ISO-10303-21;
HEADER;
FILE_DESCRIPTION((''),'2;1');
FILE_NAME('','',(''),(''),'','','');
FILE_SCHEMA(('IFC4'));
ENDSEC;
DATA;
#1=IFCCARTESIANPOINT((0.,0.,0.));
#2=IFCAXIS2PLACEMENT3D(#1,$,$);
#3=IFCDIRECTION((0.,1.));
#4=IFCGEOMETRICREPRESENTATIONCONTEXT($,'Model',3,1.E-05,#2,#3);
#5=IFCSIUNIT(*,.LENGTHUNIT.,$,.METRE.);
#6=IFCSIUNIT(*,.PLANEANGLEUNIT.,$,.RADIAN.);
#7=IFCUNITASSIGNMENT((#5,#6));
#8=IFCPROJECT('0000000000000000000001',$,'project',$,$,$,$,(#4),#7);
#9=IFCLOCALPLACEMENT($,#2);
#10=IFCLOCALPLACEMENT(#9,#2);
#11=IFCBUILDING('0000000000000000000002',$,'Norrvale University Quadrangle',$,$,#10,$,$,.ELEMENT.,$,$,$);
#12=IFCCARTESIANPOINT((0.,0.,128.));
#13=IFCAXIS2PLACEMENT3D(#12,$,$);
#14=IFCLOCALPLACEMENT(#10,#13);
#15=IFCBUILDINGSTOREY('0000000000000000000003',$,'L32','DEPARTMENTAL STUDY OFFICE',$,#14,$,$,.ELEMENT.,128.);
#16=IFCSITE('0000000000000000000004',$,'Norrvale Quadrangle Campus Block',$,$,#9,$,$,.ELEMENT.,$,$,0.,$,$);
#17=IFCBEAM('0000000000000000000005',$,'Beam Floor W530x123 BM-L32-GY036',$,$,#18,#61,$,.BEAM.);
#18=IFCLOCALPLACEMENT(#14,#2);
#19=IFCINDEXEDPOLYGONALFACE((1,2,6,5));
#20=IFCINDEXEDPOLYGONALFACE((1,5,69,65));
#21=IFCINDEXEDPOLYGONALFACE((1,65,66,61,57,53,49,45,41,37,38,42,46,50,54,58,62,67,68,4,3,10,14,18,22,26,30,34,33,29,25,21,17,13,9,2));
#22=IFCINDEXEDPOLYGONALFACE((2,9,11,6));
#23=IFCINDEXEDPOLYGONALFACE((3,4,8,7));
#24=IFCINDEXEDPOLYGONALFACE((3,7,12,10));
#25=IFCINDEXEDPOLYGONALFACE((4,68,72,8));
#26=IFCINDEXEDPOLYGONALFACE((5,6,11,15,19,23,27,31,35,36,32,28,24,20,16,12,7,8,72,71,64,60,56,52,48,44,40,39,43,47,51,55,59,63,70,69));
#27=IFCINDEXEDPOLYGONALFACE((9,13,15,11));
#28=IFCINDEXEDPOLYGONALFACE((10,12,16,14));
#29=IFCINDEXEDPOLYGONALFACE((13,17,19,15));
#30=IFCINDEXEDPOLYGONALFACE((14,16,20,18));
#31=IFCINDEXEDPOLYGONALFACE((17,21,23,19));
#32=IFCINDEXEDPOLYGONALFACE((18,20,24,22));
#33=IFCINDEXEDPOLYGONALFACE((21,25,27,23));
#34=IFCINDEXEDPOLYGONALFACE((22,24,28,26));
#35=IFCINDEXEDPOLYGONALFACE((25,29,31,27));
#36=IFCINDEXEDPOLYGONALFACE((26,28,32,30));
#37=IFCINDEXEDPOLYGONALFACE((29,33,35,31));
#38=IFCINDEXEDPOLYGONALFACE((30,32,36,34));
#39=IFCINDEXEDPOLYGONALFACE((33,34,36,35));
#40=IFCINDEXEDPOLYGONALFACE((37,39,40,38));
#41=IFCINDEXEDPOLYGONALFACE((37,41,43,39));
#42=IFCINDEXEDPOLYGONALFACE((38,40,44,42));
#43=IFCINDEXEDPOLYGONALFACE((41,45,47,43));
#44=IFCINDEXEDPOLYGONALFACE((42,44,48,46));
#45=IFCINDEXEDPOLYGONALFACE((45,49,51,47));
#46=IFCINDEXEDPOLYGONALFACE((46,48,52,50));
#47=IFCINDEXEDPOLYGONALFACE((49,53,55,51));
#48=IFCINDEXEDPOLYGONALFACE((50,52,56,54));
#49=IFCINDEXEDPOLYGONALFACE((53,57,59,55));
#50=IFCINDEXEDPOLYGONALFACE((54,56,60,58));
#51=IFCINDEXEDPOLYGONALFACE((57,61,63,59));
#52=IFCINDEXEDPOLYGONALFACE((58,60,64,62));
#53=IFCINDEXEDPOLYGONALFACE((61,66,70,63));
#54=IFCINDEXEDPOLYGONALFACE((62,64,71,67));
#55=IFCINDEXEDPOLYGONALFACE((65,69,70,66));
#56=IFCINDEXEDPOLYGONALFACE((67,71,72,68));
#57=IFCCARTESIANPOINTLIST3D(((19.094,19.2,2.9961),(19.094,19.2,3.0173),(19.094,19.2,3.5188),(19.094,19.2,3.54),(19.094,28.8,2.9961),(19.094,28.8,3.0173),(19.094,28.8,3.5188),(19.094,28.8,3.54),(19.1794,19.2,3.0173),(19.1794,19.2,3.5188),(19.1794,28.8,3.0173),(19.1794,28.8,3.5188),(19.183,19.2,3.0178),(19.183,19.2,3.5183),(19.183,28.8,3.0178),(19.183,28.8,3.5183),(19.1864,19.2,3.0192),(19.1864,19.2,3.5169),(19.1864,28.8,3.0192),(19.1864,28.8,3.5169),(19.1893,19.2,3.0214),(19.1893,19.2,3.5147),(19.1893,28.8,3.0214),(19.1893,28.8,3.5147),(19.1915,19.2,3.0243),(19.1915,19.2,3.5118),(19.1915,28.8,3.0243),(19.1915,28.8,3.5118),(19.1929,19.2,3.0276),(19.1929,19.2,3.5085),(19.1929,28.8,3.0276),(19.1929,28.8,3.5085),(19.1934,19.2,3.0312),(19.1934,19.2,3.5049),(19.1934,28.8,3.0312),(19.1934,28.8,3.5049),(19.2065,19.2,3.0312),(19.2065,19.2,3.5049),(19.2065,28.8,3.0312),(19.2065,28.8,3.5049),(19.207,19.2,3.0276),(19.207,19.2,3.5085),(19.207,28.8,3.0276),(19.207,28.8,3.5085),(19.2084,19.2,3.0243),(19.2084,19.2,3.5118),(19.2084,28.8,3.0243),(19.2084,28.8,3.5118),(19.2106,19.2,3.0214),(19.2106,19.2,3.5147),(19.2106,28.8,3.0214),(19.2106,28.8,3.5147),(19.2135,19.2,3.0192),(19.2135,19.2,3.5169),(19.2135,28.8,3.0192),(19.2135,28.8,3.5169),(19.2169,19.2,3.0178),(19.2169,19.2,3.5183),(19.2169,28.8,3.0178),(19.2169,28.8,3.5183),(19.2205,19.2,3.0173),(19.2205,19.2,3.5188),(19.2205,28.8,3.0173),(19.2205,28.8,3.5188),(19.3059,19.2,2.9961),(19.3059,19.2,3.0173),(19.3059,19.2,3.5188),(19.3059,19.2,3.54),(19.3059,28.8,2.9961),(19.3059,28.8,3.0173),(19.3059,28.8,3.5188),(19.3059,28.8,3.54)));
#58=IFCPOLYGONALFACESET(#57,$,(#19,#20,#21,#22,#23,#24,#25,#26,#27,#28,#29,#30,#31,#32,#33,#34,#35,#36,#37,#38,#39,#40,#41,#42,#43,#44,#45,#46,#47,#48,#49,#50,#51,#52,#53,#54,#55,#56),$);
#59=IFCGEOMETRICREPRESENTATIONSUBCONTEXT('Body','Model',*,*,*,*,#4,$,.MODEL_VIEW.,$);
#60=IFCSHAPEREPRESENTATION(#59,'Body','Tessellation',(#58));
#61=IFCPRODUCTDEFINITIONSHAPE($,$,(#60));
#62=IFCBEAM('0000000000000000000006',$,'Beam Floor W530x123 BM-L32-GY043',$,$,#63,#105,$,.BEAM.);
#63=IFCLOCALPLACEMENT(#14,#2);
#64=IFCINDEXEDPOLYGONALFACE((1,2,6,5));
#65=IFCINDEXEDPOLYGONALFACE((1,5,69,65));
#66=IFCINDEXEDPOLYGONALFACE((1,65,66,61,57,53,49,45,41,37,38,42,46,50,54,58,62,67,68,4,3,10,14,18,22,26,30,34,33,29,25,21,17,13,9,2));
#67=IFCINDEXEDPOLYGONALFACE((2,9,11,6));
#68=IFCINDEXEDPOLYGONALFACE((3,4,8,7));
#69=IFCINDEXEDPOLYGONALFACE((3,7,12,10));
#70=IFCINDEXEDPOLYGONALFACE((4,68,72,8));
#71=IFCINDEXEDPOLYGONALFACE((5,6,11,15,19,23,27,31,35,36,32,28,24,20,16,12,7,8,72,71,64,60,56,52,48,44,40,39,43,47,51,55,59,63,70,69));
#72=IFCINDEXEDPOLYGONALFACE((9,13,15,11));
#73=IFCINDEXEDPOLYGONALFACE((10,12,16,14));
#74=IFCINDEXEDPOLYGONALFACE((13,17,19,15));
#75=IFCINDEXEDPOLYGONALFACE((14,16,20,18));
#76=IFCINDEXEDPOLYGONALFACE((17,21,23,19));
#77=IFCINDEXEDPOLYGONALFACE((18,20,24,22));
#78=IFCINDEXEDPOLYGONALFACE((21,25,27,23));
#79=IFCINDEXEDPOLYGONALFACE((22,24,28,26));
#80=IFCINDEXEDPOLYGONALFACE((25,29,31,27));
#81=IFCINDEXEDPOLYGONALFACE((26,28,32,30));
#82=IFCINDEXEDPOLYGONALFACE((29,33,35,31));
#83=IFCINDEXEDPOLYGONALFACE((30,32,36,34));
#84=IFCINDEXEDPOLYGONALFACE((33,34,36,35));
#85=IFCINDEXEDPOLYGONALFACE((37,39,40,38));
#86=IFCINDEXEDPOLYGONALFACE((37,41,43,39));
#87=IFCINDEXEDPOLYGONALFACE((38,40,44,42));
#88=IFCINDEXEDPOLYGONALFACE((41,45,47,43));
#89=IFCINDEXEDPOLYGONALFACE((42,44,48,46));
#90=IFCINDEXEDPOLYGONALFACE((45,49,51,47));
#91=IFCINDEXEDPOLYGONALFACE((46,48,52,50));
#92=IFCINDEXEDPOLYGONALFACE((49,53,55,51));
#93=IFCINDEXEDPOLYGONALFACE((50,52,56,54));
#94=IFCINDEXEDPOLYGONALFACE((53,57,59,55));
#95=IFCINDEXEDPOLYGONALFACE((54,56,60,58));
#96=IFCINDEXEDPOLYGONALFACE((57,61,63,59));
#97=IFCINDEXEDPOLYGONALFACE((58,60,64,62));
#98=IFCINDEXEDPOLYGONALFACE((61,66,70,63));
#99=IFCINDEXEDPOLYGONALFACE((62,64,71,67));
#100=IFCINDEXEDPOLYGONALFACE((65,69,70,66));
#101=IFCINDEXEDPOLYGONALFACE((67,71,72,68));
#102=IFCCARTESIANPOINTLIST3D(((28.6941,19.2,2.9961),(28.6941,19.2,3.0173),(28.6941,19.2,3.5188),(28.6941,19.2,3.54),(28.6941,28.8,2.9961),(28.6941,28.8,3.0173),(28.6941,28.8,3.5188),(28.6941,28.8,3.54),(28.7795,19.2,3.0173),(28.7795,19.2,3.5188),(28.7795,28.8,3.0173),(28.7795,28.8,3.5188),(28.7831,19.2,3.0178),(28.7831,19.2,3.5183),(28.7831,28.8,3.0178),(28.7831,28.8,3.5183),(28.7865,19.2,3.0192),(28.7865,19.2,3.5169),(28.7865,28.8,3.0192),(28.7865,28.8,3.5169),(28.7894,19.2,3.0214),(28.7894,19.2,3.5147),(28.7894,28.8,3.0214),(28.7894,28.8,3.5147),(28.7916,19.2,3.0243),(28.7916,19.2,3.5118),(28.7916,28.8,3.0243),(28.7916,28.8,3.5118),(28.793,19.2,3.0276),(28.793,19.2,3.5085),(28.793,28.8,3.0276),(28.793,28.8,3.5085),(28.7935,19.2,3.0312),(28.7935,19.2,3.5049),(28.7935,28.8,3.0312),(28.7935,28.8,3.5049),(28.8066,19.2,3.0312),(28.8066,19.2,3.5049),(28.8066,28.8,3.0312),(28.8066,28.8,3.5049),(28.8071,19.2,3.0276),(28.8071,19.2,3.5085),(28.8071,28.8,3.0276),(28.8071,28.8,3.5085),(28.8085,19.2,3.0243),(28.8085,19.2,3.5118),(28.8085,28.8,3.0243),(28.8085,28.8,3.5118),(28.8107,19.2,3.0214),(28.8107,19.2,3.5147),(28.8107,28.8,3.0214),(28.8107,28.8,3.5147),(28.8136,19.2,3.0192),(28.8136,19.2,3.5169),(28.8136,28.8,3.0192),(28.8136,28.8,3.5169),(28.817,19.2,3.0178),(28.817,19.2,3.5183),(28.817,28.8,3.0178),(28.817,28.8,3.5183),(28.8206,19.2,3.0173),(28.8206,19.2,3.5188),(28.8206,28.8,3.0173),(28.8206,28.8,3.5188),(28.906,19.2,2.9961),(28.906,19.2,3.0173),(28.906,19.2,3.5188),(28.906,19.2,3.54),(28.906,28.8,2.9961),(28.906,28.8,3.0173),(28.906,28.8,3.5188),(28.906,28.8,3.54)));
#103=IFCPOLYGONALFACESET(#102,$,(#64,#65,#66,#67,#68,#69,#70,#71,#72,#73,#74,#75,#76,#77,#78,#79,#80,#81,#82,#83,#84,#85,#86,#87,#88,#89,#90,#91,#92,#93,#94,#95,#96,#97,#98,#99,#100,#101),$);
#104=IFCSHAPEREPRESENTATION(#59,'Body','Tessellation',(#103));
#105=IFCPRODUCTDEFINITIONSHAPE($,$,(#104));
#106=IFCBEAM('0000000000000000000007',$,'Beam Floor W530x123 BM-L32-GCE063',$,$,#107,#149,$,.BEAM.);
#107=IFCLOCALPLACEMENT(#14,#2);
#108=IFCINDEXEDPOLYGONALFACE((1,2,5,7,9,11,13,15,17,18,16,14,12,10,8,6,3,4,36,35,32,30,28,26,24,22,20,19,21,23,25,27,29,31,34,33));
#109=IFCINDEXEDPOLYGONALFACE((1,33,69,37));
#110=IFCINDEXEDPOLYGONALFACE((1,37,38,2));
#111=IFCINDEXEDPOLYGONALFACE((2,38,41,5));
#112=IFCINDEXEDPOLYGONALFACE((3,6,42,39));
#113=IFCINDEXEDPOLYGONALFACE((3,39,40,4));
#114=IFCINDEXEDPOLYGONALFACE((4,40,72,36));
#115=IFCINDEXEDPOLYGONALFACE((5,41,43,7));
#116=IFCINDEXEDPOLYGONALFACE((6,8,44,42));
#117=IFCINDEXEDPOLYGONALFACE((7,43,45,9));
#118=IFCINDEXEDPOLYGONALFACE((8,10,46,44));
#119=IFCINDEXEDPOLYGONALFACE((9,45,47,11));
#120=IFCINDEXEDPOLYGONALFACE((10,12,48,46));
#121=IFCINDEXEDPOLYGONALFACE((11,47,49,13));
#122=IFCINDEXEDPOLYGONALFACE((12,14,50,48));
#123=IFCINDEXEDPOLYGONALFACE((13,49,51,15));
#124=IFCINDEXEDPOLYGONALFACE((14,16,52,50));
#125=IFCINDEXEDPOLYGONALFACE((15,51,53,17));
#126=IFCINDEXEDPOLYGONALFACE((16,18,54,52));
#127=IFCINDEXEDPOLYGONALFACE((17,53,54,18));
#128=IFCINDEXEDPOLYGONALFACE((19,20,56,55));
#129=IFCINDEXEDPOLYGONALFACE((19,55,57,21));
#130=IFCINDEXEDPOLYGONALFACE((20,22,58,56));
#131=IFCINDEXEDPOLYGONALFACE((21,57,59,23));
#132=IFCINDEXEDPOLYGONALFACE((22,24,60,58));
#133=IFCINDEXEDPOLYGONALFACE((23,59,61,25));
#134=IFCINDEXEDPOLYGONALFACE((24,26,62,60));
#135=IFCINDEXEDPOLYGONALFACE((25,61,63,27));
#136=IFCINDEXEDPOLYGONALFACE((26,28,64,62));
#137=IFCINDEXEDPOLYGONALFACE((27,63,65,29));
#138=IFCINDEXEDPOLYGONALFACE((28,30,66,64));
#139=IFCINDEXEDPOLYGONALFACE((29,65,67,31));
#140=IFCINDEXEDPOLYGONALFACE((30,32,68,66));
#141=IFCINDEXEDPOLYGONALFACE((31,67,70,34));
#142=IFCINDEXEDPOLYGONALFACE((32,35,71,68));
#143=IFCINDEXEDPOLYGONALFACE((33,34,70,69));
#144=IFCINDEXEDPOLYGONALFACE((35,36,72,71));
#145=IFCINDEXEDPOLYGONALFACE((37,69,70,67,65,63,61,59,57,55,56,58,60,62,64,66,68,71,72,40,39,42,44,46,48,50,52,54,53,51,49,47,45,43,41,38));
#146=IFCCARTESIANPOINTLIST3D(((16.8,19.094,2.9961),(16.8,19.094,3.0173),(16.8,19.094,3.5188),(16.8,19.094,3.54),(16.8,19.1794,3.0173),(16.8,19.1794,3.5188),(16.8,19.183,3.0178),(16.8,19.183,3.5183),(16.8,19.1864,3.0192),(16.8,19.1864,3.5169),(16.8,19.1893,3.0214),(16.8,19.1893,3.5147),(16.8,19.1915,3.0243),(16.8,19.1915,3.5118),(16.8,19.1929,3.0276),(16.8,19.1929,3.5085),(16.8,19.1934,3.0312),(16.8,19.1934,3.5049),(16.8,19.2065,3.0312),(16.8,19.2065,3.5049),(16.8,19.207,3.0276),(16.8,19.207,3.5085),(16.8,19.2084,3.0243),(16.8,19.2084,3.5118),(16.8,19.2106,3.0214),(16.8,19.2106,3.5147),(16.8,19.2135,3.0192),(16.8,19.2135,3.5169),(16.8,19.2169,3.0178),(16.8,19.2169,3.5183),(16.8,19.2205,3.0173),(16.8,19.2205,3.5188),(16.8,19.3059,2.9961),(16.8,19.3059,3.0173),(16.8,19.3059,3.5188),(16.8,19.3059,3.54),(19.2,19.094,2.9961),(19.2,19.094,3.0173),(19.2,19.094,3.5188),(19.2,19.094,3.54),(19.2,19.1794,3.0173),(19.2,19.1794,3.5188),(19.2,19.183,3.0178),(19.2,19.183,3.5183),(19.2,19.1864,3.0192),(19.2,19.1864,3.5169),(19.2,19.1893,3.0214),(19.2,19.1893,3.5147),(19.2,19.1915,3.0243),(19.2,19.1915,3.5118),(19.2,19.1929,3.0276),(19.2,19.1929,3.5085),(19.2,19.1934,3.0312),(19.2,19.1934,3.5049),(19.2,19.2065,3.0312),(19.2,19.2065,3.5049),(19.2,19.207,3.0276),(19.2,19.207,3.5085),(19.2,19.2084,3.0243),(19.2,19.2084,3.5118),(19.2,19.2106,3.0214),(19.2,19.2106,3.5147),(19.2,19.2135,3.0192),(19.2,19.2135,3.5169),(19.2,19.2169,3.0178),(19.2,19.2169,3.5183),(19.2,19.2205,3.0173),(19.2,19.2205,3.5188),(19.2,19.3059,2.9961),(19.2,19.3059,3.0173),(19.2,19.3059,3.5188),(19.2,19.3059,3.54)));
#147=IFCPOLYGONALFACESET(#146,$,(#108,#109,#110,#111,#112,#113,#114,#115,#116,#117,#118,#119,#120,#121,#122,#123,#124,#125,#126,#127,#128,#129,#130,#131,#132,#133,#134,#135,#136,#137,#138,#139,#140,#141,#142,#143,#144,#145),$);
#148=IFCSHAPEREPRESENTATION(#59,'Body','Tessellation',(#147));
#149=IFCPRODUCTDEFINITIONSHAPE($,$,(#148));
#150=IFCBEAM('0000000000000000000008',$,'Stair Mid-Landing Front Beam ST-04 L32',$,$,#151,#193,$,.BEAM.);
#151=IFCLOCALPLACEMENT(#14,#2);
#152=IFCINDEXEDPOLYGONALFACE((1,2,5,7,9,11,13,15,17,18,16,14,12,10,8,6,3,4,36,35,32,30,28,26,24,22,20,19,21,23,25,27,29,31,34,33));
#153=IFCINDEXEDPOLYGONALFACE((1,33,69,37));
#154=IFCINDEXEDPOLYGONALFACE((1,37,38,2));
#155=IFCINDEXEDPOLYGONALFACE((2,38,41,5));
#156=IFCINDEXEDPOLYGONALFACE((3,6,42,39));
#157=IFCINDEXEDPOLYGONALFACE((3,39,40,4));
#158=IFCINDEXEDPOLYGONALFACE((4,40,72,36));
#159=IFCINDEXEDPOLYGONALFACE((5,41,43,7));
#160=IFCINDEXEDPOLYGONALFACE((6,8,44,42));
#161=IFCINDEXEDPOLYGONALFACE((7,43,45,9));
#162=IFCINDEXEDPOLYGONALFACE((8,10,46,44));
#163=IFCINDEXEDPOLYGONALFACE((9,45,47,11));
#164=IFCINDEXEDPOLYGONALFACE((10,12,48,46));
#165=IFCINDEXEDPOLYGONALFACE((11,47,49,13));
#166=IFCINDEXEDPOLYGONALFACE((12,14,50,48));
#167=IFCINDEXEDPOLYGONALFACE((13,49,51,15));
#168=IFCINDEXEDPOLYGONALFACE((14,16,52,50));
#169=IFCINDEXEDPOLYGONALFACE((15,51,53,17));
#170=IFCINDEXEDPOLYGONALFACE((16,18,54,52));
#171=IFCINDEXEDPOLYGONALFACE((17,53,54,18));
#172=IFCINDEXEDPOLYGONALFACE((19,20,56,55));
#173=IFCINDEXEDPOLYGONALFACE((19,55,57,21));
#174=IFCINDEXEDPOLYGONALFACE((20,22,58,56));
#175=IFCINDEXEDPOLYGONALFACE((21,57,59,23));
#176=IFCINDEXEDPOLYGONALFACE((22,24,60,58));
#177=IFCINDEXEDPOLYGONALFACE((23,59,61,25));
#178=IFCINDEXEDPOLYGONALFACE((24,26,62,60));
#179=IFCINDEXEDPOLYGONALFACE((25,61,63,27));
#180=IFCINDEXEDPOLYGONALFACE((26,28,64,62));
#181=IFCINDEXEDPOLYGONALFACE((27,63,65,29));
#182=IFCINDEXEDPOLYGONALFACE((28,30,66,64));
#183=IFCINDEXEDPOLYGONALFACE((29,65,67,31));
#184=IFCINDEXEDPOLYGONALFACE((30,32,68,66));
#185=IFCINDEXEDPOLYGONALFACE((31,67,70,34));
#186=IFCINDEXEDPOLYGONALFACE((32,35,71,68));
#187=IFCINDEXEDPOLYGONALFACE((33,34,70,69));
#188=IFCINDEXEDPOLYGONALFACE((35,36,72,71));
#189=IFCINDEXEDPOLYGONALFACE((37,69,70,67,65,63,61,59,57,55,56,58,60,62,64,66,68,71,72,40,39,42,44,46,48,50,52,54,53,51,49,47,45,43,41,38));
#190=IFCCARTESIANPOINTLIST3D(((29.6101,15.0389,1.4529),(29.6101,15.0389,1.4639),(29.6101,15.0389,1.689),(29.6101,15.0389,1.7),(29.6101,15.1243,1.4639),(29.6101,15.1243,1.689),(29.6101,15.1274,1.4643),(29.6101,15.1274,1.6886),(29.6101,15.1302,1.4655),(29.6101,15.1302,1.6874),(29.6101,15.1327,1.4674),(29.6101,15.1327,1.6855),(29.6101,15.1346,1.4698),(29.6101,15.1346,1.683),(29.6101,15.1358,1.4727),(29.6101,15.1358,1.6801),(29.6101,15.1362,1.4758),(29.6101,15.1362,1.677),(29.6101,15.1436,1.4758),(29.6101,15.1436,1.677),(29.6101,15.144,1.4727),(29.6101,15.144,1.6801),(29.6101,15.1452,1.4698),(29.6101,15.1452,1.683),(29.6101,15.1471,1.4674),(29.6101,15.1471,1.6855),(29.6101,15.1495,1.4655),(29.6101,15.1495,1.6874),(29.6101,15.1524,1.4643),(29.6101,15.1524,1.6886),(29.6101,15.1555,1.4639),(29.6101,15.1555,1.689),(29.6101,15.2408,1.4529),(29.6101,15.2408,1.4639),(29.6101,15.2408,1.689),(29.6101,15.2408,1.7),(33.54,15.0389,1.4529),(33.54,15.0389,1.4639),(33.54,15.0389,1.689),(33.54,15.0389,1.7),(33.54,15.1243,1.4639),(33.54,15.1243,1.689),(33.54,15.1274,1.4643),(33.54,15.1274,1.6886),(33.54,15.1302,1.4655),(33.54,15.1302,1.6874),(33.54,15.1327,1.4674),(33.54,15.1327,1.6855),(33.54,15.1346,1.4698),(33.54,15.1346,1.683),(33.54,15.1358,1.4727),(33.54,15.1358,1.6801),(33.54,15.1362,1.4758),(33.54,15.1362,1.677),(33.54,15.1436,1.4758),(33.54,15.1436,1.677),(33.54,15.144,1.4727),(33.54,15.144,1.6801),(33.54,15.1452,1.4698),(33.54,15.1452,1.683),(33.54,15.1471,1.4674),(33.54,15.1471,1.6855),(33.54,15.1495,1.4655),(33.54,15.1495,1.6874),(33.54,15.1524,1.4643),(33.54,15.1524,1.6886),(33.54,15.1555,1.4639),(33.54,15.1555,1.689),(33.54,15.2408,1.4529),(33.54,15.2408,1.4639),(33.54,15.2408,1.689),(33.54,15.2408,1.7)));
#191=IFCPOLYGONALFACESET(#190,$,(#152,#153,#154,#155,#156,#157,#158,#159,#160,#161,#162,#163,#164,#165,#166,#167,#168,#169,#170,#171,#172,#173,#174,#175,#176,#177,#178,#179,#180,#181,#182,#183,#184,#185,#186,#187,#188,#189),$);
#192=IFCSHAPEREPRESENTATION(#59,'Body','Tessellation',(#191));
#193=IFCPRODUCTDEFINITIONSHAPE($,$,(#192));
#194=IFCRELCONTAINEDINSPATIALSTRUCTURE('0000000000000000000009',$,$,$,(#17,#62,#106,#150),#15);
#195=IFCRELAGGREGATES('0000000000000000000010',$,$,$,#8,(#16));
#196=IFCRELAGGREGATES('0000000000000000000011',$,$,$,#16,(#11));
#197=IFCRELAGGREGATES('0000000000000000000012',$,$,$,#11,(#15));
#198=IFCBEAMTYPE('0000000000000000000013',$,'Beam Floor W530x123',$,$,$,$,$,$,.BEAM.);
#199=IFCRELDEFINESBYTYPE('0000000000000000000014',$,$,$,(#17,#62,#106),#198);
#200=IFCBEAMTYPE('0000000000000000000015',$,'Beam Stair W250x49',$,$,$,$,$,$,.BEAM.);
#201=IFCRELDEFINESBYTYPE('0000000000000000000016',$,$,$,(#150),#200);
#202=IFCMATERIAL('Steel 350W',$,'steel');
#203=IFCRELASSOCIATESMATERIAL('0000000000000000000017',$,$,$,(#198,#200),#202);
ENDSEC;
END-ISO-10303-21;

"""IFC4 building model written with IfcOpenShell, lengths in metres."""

from ifc_helpers import new_model, si_unit, direction, frame, origin, origin_2d, place, context, subcontext, project, spatial, i_section, extrude, material, material_profile, profile_set, type_object, element, save


model = new_model("IFC4")

# Units and contexts
model_context = context("Model", 3, precision=1e-05, world=origin(), true_north=direction((0.0, 1.0)))
body_context = subcontext(model_context, "Body", "Model", "MODEL_VIEW")
ifc_project = project(units=[si_unit("LENGTHUNIT", "METRE"), si_unit("PLANEANGLEUNIT", "RADIAN")], contexts=[model_context])

# Site, building, storey
site_placement = place(None, origin())
site = spatial("IfcSite", under=ifc_project, at=site_placement, Name="Norrvale Quadrangle Campus Block", CompositionType="ELEMENT", RefElevation=0.0)
building_placement = place(site_placement, origin())
building = spatial("IfcBuilding", under=site, at=building_placement, Name="Norrvale University Quadrangle", CompositionType="ELEMENT")
storey_placement = place(building_placement, frame((0.0, 0.0, 128.0)))
storey = spatial("IfcBuildingStorey", under=building, at=storey_placement, Name="L32", Description="DEPARTMENTAL STUDY OFFICE", CompositionType="ELEMENT", Elevation=128.0)

# Beams
ifc_material_1 = material(Name="Steel 350W", Category="steel")
ifc_material_profile_1 = material_profile(ifc_material_1, i_section(OverallWidth=0.2119, OverallDepth=0.5439, WebThickness=0.0132, FlangeThickness=0.0212, FilletRadius=0.0139, at=origin_2d()), Name="Steel 350W")
ifc_profile_set_1 = profile_set([ifc_material_profile_1], Name="Steel 350W")
beam_type_1 = type_object("IfcBeamType", Name="Beam Floor W530x123", PredefinedType="BEAM", material=ifc_profile_set_1)
for number, where, z_axis, x_axis, name in (
    (1, (19.2, 19.2, 3.2681), (0.0, 1.0, 0.0), (-1.0, 0.0, 0.0), "Beam Floor W530x123 BM-L32-GY036"),
    (2, (28.8, 19.2, 3.2681), (0.0, 1.0, 0.0), (-1.0, 0.0, 0.0), "Beam Floor W530x123 BM-L32-GY043"),
):
    element("IfcBeam", number, at=place(storey_placement, frame(where, z_axis=z_axis, x_axis=x_axis)), inside=storey, type_object=beam_type_1, Name=name, PredefinedType="BEAM", context=body_context, shape_type="SweptSolid", body=[
        extrude(i_section(OverallWidth=0.2119, OverallDepth=0.5439, WebThickness=0.0132, FlangeThickness=0.0212, FilletRadius=0.0139, at=origin_2d()), origin(), (0.0, 0.0, 1.0), 9.6001),
    ])
beam_1_placement = place(storey_placement, frame((16.8, 19.2, 3.2681), z_axis=(1.0, 0.0, 0.0), x_axis=(0.0, 1.0, 0.0)))
element("IfcBeam", 3, at=beam_1_placement, inside=storey, type_object=beam_type_1, Name="Beam Floor W530x123 BM-L32-GCE063", PredefinedType="BEAM", context=body_context, shape_type="SweptSolid", body=[
    extrude(i_section(OverallWidth=0.2119, OverallDepth=0.5439, WebThickness=0.0132, FlangeThickness=0.0212, FilletRadius=0.0139, at=origin_2d()), origin(), (0.0, 0.0, 1.0), 2.3999),
])
ifc_material_profile_2 = material_profile(ifc_material_1, i_section(OverallWidth=0.2019, OverallDepth=0.2471, WebThickness=0.0073, FlangeThickness=0.011, FilletRadius=0.012, at=origin_2d()), Name="Steel 350W")
ifc_profile_set_2 = profile_set([ifc_material_profile_2], Name="Steel 350W")
beam_type_2 = type_object("IfcBeamType", Name="Beam Stair W250x49", PredefinedType="BEAM", material=ifc_profile_set_2)
for number, where, z_axis, x_axis, name in (
    (4, (29.6101, 15.1399, 1.5764), (1.0, 0.0, 0.0), (0.0, 1.0, 0.0), "Stair Mid-Landing Front Beam ST-04 L32"),
):
    element("IfcBeam", number, at=place(storey_placement, frame(where, z_axis=z_axis, x_axis=x_axis)), inside=storey, type_object=beam_type_2, Name=name, PredefinedType="BEAM", context=body_context, shape_type="SweptSolid", body=[
        extrude(i_section(OverallWidth=0.2019, OverallDepth=0.2471, WebThickness=0.0073, FlangeThickness=0.011, FilletRadius=0.012, at=origin_2d()), origin(), (0.0, 0.0, 1.0), 3.9299),
    ])

save(model, "model.ifc")
